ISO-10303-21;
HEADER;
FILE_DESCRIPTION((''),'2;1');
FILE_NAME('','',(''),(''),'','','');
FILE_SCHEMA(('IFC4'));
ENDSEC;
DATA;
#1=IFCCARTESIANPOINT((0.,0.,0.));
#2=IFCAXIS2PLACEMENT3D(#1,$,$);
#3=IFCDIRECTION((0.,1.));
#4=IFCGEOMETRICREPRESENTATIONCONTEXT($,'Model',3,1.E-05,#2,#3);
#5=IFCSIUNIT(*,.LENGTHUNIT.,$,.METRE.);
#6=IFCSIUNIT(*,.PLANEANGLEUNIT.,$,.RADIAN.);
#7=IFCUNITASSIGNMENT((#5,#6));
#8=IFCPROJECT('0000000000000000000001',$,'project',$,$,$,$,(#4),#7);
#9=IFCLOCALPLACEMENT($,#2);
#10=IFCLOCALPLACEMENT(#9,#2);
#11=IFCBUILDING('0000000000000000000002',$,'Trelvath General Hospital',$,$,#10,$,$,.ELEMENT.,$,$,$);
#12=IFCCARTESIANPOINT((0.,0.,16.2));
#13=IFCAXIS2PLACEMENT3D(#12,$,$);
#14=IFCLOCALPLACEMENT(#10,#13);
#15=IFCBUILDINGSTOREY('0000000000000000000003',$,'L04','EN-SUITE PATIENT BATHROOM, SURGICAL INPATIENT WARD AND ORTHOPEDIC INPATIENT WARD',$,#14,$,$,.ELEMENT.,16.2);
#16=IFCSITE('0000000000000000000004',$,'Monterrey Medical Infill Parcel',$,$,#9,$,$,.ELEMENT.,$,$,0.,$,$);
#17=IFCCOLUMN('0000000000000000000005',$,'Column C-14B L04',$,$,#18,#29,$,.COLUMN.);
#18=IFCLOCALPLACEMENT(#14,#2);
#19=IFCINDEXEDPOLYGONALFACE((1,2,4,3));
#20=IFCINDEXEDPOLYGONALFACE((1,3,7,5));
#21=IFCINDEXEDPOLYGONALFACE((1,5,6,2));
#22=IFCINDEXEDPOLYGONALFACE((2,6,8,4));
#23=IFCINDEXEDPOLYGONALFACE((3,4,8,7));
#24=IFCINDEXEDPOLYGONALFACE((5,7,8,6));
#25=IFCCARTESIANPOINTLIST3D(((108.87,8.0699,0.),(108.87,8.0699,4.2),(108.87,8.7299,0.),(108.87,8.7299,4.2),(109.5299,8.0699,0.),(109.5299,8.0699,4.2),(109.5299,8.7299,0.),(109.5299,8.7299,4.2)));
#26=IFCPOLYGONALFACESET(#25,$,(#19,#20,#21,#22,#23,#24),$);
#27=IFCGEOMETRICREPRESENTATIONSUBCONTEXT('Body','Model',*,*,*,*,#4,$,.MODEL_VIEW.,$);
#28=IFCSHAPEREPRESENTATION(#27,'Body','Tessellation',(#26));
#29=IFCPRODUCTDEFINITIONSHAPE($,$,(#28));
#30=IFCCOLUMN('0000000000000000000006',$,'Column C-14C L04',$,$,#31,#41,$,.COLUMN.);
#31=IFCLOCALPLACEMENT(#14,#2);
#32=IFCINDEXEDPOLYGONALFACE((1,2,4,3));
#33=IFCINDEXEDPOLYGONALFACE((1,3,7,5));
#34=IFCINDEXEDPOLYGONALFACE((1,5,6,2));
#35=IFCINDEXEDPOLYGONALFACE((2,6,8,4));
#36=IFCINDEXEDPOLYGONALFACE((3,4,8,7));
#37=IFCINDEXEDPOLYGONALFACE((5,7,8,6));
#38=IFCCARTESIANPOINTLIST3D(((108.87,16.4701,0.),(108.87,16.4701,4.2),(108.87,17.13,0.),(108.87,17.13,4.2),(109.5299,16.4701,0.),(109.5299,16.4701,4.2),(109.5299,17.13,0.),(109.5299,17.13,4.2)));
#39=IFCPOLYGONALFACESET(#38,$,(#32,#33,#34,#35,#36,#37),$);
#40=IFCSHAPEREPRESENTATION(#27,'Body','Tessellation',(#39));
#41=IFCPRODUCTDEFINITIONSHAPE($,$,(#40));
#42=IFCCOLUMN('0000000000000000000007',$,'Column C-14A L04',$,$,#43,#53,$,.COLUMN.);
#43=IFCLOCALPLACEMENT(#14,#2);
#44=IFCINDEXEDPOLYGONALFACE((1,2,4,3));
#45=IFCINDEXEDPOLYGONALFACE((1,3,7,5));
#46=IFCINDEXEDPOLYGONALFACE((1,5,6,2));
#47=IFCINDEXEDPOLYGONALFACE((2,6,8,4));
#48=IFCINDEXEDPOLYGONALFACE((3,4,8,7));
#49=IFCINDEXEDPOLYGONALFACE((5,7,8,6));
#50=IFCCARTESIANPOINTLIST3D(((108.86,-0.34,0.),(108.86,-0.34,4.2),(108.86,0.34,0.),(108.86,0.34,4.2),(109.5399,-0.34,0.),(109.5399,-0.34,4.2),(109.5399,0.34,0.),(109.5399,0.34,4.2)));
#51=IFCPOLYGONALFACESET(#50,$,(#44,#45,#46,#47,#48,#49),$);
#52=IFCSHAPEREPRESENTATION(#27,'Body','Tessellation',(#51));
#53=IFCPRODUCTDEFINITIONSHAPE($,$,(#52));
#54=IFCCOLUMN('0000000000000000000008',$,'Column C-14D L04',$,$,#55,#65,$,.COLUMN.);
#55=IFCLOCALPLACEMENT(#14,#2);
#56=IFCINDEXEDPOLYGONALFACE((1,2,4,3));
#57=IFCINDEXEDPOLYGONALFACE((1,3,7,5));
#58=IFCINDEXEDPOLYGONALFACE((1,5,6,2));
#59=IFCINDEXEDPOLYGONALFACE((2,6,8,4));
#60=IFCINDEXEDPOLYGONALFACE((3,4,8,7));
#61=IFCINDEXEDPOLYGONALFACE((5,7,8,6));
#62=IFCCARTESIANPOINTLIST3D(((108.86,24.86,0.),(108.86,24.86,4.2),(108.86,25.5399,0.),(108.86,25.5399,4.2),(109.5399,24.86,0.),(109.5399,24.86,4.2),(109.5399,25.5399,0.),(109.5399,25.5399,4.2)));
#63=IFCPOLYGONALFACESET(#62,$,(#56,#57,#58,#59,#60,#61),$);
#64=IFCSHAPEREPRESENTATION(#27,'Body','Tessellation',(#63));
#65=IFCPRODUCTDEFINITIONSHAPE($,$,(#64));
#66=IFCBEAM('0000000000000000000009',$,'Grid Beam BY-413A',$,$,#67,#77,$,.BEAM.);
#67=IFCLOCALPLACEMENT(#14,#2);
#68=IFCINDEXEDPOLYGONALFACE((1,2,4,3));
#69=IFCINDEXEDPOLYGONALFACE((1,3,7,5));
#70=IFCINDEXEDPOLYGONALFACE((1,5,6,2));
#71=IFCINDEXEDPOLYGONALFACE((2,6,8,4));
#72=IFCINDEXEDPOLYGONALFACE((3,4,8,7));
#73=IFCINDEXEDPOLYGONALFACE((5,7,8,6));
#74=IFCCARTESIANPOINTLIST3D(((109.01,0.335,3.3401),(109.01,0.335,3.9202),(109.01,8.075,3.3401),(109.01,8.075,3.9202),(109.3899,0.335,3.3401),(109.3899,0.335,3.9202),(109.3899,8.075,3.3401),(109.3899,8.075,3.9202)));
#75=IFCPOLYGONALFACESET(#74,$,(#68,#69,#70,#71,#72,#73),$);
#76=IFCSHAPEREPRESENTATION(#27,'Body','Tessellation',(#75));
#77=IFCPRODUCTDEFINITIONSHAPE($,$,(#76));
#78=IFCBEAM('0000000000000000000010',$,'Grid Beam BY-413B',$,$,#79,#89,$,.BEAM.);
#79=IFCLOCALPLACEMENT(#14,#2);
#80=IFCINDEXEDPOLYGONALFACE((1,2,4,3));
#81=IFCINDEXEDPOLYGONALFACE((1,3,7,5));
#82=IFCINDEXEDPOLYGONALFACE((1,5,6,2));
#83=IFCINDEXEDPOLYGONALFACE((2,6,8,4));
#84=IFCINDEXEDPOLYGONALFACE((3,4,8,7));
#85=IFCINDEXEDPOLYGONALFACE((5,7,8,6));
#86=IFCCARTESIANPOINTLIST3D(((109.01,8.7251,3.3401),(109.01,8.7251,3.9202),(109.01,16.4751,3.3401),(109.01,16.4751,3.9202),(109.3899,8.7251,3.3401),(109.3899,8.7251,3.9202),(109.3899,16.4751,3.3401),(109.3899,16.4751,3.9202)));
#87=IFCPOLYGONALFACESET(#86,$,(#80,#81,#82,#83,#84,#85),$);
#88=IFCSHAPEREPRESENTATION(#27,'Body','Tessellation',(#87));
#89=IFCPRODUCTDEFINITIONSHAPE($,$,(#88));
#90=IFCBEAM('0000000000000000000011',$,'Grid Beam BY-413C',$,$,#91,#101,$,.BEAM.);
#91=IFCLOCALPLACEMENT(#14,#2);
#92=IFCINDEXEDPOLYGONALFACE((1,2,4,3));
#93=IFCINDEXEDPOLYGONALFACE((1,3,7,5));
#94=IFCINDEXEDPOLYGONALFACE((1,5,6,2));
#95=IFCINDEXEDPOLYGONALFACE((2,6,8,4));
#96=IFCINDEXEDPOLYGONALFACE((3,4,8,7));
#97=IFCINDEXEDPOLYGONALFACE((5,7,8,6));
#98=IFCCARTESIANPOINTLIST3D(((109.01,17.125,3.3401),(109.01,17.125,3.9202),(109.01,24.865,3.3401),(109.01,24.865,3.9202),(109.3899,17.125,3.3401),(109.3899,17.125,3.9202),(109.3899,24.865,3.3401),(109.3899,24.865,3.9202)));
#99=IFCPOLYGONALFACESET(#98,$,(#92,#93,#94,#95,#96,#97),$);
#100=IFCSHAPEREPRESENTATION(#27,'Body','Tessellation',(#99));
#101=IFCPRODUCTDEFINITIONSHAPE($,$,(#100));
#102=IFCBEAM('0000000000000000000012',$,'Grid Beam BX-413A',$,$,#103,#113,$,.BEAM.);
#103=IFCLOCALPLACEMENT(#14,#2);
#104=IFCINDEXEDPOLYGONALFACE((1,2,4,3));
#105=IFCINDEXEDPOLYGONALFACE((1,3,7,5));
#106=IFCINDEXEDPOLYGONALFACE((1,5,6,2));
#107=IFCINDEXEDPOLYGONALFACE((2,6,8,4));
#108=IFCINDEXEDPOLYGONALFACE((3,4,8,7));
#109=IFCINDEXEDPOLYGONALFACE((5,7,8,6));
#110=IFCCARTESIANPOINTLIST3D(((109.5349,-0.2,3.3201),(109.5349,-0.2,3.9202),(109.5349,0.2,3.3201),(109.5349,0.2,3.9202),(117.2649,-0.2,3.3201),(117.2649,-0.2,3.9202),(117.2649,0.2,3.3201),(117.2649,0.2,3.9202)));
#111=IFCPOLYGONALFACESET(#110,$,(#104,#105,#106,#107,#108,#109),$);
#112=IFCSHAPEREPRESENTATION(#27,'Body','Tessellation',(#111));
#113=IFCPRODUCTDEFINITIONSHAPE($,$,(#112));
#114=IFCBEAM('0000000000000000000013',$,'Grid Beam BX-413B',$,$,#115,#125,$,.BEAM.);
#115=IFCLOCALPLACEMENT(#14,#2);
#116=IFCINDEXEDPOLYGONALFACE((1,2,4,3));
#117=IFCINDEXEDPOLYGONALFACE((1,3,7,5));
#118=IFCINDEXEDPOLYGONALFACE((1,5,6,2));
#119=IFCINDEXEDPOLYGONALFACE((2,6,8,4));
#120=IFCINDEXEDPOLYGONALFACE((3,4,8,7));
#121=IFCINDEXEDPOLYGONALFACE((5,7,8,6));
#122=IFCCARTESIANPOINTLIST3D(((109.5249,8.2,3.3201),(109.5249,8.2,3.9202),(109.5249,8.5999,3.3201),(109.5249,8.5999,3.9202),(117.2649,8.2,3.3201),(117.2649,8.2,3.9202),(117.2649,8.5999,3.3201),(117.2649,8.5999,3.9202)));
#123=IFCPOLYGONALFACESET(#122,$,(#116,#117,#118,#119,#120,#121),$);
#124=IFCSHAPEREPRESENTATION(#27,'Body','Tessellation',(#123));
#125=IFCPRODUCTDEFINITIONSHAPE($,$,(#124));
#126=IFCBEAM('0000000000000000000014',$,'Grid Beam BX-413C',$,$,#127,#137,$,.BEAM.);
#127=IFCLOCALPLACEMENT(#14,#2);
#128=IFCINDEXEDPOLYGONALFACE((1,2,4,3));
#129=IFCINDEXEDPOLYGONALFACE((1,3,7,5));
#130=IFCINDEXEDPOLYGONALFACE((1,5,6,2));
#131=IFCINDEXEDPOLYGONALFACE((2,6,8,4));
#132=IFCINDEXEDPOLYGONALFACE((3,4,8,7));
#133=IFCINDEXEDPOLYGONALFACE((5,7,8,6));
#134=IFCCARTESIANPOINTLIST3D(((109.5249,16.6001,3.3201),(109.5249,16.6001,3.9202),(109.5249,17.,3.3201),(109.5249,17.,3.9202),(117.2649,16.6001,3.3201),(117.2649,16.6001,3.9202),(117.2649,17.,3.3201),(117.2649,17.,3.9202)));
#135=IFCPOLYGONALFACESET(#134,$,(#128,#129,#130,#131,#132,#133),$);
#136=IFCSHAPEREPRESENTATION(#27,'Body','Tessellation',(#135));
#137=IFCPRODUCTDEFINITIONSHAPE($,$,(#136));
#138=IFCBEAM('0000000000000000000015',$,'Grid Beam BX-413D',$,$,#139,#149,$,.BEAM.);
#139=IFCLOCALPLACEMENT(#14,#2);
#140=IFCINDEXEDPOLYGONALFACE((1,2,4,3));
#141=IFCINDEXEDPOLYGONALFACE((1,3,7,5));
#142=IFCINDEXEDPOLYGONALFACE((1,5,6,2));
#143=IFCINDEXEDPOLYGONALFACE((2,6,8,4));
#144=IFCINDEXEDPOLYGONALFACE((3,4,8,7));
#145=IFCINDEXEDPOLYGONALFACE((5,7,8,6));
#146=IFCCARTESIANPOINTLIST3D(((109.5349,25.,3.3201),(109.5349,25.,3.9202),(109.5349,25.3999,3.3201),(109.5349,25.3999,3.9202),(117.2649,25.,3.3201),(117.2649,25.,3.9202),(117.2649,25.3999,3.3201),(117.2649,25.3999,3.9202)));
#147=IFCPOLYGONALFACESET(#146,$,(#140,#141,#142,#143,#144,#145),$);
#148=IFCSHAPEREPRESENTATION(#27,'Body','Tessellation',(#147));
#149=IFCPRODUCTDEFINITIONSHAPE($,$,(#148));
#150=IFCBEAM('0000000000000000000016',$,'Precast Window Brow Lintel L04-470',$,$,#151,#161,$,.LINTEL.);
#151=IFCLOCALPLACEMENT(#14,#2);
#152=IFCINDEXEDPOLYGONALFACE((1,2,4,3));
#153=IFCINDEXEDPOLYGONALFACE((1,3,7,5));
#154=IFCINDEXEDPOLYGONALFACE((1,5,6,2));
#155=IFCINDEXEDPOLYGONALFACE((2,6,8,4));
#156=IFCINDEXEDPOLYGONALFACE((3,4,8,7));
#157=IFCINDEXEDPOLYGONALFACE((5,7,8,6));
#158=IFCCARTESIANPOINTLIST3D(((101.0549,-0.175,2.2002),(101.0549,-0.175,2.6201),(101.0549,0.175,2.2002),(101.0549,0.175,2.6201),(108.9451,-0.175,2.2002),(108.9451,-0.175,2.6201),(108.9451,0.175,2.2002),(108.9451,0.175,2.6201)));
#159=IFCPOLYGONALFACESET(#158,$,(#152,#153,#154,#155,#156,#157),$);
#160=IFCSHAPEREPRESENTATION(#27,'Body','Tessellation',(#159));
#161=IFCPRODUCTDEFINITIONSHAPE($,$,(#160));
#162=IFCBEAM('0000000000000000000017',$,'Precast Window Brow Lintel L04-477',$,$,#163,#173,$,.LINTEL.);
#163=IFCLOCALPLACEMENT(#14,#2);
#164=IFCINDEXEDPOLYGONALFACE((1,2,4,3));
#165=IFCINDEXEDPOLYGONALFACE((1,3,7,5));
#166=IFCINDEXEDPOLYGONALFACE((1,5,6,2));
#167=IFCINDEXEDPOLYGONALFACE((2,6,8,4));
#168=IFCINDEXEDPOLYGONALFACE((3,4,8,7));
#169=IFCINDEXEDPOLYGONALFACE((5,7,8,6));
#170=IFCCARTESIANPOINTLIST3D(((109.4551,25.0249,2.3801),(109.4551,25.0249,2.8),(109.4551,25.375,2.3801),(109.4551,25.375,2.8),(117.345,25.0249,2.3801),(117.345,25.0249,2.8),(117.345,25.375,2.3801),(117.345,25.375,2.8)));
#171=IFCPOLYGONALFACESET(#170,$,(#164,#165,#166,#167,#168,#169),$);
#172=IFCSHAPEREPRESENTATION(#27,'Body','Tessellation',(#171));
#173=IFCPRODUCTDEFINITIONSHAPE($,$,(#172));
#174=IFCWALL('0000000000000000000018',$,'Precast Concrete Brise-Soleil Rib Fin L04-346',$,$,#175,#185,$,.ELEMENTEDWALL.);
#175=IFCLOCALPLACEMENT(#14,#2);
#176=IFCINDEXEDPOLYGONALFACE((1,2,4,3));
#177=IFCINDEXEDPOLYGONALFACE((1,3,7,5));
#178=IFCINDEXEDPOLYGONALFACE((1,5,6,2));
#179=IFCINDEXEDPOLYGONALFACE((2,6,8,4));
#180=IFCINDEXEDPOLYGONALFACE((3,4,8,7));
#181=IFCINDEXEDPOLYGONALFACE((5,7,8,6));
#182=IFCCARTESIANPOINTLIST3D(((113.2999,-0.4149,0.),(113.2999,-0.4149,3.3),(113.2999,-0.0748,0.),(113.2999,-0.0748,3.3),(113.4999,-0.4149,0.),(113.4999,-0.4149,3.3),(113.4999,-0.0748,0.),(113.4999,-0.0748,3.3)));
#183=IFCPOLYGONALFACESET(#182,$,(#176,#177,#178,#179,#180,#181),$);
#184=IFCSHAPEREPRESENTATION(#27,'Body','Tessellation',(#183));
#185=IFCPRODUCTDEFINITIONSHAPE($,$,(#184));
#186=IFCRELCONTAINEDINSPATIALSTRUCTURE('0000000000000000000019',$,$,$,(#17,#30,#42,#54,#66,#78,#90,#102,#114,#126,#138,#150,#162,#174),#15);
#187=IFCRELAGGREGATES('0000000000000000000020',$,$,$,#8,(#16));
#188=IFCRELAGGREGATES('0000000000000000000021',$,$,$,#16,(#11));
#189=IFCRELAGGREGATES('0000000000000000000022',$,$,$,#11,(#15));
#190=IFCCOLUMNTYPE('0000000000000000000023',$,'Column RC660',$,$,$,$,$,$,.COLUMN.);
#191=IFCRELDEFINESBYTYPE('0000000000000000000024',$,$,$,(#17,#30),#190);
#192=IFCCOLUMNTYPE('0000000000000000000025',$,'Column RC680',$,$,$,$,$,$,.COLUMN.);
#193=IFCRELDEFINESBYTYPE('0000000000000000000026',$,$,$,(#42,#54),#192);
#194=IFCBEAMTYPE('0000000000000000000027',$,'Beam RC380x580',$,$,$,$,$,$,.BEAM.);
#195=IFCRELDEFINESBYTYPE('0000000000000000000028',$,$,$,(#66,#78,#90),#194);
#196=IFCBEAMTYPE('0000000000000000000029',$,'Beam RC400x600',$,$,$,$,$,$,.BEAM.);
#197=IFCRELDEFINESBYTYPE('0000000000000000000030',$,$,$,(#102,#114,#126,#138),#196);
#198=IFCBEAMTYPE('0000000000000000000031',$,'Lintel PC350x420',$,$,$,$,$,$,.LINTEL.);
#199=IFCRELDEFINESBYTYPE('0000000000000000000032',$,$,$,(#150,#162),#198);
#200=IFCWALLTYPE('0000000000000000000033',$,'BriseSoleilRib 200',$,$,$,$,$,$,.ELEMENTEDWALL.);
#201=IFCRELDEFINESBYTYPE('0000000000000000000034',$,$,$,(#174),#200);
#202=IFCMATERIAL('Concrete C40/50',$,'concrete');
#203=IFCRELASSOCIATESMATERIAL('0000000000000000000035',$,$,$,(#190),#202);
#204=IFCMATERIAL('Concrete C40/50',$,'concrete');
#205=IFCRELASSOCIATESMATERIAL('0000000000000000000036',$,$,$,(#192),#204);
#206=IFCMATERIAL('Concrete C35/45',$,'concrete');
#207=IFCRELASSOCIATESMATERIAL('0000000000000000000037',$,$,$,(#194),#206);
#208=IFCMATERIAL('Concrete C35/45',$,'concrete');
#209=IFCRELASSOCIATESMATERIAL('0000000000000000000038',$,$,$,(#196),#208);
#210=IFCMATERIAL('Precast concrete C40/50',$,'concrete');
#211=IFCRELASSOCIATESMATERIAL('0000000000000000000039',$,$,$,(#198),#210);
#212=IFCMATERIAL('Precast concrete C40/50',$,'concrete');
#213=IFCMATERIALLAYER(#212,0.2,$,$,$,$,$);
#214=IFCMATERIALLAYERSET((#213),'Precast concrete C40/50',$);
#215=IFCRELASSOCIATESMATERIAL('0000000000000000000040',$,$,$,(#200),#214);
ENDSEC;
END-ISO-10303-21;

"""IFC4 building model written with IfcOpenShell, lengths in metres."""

from ifc_helpers import new_model, si_unit, direction, frame, frame_2d, origin, origin_2d, place, context, subcontext, project, spatial, rectangle, extrude, material, layer, layer_set, material_profile, profile_set, type_object, element, save


model = new_model("IFC4")

# Units and contexts
model_context = context("Model", 3, precision=1e-05, world=origin(), true_north=direction((0.0, 1.0)))
body_context = subcontext(model_context, "Body", "Model", "MODEL_VIEW")
ifc_project = project(units=[si_unit("LENGTHUNIT", "METRE"), si_unit("PLANEANGLEUNIT", "RADIAN")], contexts=[model_context])

# Site, building, storey
site_placement = place(None, origin())
site = spatial("IfcSite", under=ifc_project, at=site_placement, Name="Monterrey Medical Infill Parcel", CompositionType="ELEMENT", RefElevation=0.0)
building_placement = place(site_placement, origin())
building = spatial("IfcBuilding", under=site, at=building_placement, Name="Trelvath General Hospital", CompositionType="ELEMENT")
storey_placement = place(building_placement, frame((0.0, 0.0, 16.2)))
storey = spatial("IfcBuildingStorey", under=building, at=storey_placement, Name="L04", Description="EN-SUITE PATIENT BATHROOM, SURGICAL INPATIENT WARD AND ORTHOPEDIC INPATIENT WARD", CompositionType="ELEMENT", Elevation=16.2)

# Columns
ifc_material_1 = material(Name="Concrete C40/50", Category="concrete")
ifc_material_profile_1 = material_profile(ifc_material_1, rectangle(XDim=0.6599, YDim=0.6599, at=origin_2d()), Name="RC660x660")
ifc_profile_set_1 = profile_set([ifc_material_profile_1], Name="Concrete C40/50")
column_type_1 = type_object("IfcColumnType", Name="Column RC660", PredefinedType="COLUMN", material=ifc_profile_set_1)
for number, where, z_axis, x_axis, name in (
    (1, (109.2, 8.3999, 0.0), (0.0, 0.0, 1.0), (1.0, 0.0, 0.0), "Column C-14B L04"),
    (2, (109.2, 16.8, 0.0), (0.0, 0.0, 1.0), (1.0, 0.0, 0.0), "Column C-14C L04"),
):
    element("IfcColumn", number, at=place(storey_placement, frame(where, z_axis=z_axis, x_axis=x_axis)), inside=storey, type_object=column_type_1, Name=name, PredefinedType="COLUMN", context=body_context, shape_type="SweptSolid", body=[
        extrude(rectangle(XDim=0.6599, YDim=0.6599, at=origin_2d()), origin(), (0.0, 0.0, 1.0), 4.2),
    ])
ifc_material_2 = material(Name="Concrete C40/50", Category="concrete")
ifc_material_profile_2 = material_profile(ifc_material_2, rectangle(XDim=0.6799, YDim=0.6799, at=origin_2d()), Name="RC680x680")
ifc_profile_set_2 = profile_set([ifc_material_profile_2], Name="Concrete C40/50")
column_type_2 = type_object("IfcColumnType", Name="Column RC680", PredefinedType="COLUMN", material=ifc_profile_set_2)
for number, where, z_axis, x_axis, name in (
    (3, (109.2, 0.0, 0.0), (0.0, 0.0, 1.0), (1.0, 0.0, 0.0), "Column C-14A L04"),
    (4, (109.2, 25.2, 0.0), (0.0, 0.0, 1.0), (1.0, 0.0, 0.0), "Column C-14D L04"),
):
    element("IfcColumn", number, at=place(storey_placement, frame(where, z_axis=z_axis, x_axis=x_axis)), inside=storey, type_object=column_type_2, Name=name, PredefinedType="COLUMN", context=body_context, shape_type="SweptSolid", body=[
        extrude(rectangle(XDim=0.6799, YDim=0.6799, at=origin_2d()), origin(), (0.0, 0.0, 1.0), 4.2),
    ])

# Beams
ifc_material_3 = material(Name="Concrete C35/45", Category="concrete")
ifc_material_profile_3 = material_profile(ifc_material_3, rectangle(XDim=0.3799, YDim=0.5801, at=origin_2d()), Name="RCB380x580")
ifc_profile_set_3 = profile_set([ifc_material_profile_3], Name="Concrete C35/45")
beam_type_1 = type_object("IfcBeamType", Name="Beam RC380x580", PredefinedType="BEAM", material=ifc_profile_set_3)
beam_1_placement = place(storey_placement, frame((109.2, 0.335, 3.6301), z_axis=(0.0, 1.0, 0.0), x_axis=(-1.0, 0.0, 0.0)))
element("IfcBeam", 5, at=beam_1_placement, inside=storey, type_object=beam_type_1, Name="Grid Beam BY-413A", PredefinedType="BEAM", context=body_context, shape_type="SweptSolid", body=[
    extrude(rectangle(XDim=0.3799, YDim=0.5801, at=origin_2d()), origin(), (0.0, 0.0, 1.0), 7.74),
])
beam_2_placement = place(storey_placement, frame((109.2, 8.7251, 3.6301), z_axis=(0.0, 1.0, 0.0), x_axis=(-1.0, 0.0, 0.0)))
element("IfcBeam", 6, at=beam_2_placement, inside=storey, type_object=beam_type_1, Name="Grid Beam BY-413B", PredefinedType="BEAM", context=body_context, shape_type="SweptSolid", body=[
    extrude(rectangle(XDim=0.3799, YDim=0.5801, at=origin_2d()), origin(), (0.0, 0.0, 1.0), 7.75),
])
beam_3_placement = place(storey_placement, frame((109.2, 17.125, 3.6301), z_axis=(0.0, 1.0, 0.0), x_axis=(-1.0, 0.0, 0.0)))
element("IfcBeam", 7, at=beam_3_placement, inside=storey, type_object=beam_type_1, Name="Grid Beam BY-413C", PredefinedType="BEAM", context=body_context, shape_type="SweptSolid", body=[
    extrude(rectangle(XDim=0.3799, YDim=0.5801, at=origin_2d()), origin(), (0.0, 0.0, 1.0), 7.74),
])
ifc_material_4 = material(Name="Concrete C35/45", Category="concrete")
ifc_material_profile_4 = material_profile(ifc_material_4, rectangle(XDim=0.3999, YDim=0.6001, at=origin_2d()), Name="RCB400x600")
ifc_profile_set_4 = profile_set([ifc_material_profile_4], Name="Concrete C35/45")
beam_type_2 = type_object("IfcBeamType", Name="Beam RC400x600", PredefinedType="BEAM", material=ifc_profile_set_4)
beam_4_placement = place(storey_placement, frame((109.5349, 0.0, 3.6201), z_axis=(1.0, 0.0, 0.0), x_axis=(0.0, 1.0, 0.0)))
element("IfcBeam", 8, at=beam_4_placement, inside=storey, type_object=beam_type_2, Name="Grid Beam BX-413A", PredefinedType="BEAM", context=body_context, shape_type="SweptSolid", body=[
    extrude(rectangle(XDim=0.3999, YDim=0.6001, at=origin_2d()), origin(), (0.0, 0.0, 1.0), 7.73),
])
for number, where, z_axis, x_axis, name in (
    (9, (109.5249, 8.3999, 3.6201), (1.0, 0.0, 0.0), (0.0, 1.0, 0.0), "Grid Beam BX-413B"),
    (10, (109.5249, 16.8, 3.6201), (1.0, 0.0, 0.0), (0.0, 1.0, 0.0), "Grid Beam BX-413C"),
):
    element("IfcBeam", number, at=place(storey_placement, frame(where, z_axis=z_axis, x_axis=x_axis)), inside=storey, type_object=beam_type_2, Name=name, PredefinedType="BEAM", context=body_context, shape_type="SweptSolid", body=[
        extrude(rectangle(XDim=0.3999, YDim=0.6001, at=origin_2d()), origin(), (0.0, 0.0, 1.0), 7.74),
    ])
beam_5_placement = place(storey_placement, frame((109.5349, 25.2, 3.6201), z_axis=(1.0, 0.0, 0.0), x_axis=(0.0, 1.0, 0.0)))
element("IfcBeam", 11, at=beam_5_placement, inside=storey, type_object=beam_type_2, Name="Grid Beam BX-413D", PredefinedType="BEAM", context=body_context, shape_type="SweptSolid", body=[
    extrude(rectangle(XDim=0.3999, YDim=0.6001, at=origin_2d()), origin(), (0.0, 0.0, 1.0), 7.73),
])
ifc_material_5 = material(Name="Precast concrete C40/50", Category="concrete")
ifc_material_profile_5 = material_profile(ifc_material_5, rectangle(XDim=0.3501, YDim=0.4199, at=origin_2d()), Name="PCL350x420")
ifc_profile_set_5 = profile_set([ifc_material_profile_5], Name="Precast concrete C40/50")
beam_type_3 = type_object("IfcBeamType", Name="Lintel PC350x420", PredefinedType="LINTEL", material=ifc_profile_set_5)
beam_6_placement = place(storey_placement, frame((108.9451, 0.0, 2.4102), z_axis=(-1.0, 0.0, 0.0), x_axis=(0.0, -1.0, 0.0)))
element("IfcBeam", 12, at=beam_6_placement, inside=storey, type_object=beam_type_3, Name="Precast Window Brow Lintel L04-470", PredefinedType="LINTEL", context=body_context, shape_type="SweptSolid", body=[
    extrude(rectangle(XDim=0.3501, YDim=0.4199, at=origin_2d()), origin(), (0.0, 0.0, 1.0), 7.8901),
])
beam_7_placement = place(storey_placement, frame((109.4551, 25.2, 2.5901), z_axis=(1.0, 0.0, 0.0), x_axis=(0.0, 1.0, 0.0)))
element("IfcBeam", 13, at=beam_7_placement, inside=storey, type_object=beam_type_3, Name="Precast Window Brow Lintel L04-477", PredefinedType="LINTEL", context=body_context, shape_type="SweptSolid", body=[
    extrude(rectangle(XDim=0.3501, YDim=0.4199, at=origin_2d()), origin(), (0.0, 0.0, 1.0), 7.8899),
])

# Wall
ifc_material_6 = material(Name="Precast concrete C40/50", Category="concrete")
ifc_layer_1 = layer(ifc_material_6, 0.2)
ifc_layer_set_1 = layer_set([ifc_layer_1], Name="Precast concrete C40/50")
wall_type_1 = type_object("IfcWallType", Name="BriseSoleilRib 200", PredefinedType="ELEMENTEDWALL", material=ifc_layer_set_1)
for number, where, z_axis, x_axis, name in (
    (14, (113.3999, -0.075, 0.0), (0.0, 0.0, 1.0), (0.0, -1.0, 0.0), "Precast Concrete Brise-Soleil Rib Fin L04-346"),
):
    element("IfcWall", number, at=place(storey_placement, frame(where, z_axis=z_axis, x_axis=x_axis)), inside=storey, type_object=wall_type_1, Name=name, PredefinedType="ELEMENTEDWALL", context=body_context, shape_type="SweptSolid", body=[
        extrude(rectangle(XDim=0.3401, YDim=0.2, at=frame_2d((0.1699, 0.0))), origin(), (0.0, 0.0, 1.0), 3.3),
    ])

save(model, "model.ifc")
